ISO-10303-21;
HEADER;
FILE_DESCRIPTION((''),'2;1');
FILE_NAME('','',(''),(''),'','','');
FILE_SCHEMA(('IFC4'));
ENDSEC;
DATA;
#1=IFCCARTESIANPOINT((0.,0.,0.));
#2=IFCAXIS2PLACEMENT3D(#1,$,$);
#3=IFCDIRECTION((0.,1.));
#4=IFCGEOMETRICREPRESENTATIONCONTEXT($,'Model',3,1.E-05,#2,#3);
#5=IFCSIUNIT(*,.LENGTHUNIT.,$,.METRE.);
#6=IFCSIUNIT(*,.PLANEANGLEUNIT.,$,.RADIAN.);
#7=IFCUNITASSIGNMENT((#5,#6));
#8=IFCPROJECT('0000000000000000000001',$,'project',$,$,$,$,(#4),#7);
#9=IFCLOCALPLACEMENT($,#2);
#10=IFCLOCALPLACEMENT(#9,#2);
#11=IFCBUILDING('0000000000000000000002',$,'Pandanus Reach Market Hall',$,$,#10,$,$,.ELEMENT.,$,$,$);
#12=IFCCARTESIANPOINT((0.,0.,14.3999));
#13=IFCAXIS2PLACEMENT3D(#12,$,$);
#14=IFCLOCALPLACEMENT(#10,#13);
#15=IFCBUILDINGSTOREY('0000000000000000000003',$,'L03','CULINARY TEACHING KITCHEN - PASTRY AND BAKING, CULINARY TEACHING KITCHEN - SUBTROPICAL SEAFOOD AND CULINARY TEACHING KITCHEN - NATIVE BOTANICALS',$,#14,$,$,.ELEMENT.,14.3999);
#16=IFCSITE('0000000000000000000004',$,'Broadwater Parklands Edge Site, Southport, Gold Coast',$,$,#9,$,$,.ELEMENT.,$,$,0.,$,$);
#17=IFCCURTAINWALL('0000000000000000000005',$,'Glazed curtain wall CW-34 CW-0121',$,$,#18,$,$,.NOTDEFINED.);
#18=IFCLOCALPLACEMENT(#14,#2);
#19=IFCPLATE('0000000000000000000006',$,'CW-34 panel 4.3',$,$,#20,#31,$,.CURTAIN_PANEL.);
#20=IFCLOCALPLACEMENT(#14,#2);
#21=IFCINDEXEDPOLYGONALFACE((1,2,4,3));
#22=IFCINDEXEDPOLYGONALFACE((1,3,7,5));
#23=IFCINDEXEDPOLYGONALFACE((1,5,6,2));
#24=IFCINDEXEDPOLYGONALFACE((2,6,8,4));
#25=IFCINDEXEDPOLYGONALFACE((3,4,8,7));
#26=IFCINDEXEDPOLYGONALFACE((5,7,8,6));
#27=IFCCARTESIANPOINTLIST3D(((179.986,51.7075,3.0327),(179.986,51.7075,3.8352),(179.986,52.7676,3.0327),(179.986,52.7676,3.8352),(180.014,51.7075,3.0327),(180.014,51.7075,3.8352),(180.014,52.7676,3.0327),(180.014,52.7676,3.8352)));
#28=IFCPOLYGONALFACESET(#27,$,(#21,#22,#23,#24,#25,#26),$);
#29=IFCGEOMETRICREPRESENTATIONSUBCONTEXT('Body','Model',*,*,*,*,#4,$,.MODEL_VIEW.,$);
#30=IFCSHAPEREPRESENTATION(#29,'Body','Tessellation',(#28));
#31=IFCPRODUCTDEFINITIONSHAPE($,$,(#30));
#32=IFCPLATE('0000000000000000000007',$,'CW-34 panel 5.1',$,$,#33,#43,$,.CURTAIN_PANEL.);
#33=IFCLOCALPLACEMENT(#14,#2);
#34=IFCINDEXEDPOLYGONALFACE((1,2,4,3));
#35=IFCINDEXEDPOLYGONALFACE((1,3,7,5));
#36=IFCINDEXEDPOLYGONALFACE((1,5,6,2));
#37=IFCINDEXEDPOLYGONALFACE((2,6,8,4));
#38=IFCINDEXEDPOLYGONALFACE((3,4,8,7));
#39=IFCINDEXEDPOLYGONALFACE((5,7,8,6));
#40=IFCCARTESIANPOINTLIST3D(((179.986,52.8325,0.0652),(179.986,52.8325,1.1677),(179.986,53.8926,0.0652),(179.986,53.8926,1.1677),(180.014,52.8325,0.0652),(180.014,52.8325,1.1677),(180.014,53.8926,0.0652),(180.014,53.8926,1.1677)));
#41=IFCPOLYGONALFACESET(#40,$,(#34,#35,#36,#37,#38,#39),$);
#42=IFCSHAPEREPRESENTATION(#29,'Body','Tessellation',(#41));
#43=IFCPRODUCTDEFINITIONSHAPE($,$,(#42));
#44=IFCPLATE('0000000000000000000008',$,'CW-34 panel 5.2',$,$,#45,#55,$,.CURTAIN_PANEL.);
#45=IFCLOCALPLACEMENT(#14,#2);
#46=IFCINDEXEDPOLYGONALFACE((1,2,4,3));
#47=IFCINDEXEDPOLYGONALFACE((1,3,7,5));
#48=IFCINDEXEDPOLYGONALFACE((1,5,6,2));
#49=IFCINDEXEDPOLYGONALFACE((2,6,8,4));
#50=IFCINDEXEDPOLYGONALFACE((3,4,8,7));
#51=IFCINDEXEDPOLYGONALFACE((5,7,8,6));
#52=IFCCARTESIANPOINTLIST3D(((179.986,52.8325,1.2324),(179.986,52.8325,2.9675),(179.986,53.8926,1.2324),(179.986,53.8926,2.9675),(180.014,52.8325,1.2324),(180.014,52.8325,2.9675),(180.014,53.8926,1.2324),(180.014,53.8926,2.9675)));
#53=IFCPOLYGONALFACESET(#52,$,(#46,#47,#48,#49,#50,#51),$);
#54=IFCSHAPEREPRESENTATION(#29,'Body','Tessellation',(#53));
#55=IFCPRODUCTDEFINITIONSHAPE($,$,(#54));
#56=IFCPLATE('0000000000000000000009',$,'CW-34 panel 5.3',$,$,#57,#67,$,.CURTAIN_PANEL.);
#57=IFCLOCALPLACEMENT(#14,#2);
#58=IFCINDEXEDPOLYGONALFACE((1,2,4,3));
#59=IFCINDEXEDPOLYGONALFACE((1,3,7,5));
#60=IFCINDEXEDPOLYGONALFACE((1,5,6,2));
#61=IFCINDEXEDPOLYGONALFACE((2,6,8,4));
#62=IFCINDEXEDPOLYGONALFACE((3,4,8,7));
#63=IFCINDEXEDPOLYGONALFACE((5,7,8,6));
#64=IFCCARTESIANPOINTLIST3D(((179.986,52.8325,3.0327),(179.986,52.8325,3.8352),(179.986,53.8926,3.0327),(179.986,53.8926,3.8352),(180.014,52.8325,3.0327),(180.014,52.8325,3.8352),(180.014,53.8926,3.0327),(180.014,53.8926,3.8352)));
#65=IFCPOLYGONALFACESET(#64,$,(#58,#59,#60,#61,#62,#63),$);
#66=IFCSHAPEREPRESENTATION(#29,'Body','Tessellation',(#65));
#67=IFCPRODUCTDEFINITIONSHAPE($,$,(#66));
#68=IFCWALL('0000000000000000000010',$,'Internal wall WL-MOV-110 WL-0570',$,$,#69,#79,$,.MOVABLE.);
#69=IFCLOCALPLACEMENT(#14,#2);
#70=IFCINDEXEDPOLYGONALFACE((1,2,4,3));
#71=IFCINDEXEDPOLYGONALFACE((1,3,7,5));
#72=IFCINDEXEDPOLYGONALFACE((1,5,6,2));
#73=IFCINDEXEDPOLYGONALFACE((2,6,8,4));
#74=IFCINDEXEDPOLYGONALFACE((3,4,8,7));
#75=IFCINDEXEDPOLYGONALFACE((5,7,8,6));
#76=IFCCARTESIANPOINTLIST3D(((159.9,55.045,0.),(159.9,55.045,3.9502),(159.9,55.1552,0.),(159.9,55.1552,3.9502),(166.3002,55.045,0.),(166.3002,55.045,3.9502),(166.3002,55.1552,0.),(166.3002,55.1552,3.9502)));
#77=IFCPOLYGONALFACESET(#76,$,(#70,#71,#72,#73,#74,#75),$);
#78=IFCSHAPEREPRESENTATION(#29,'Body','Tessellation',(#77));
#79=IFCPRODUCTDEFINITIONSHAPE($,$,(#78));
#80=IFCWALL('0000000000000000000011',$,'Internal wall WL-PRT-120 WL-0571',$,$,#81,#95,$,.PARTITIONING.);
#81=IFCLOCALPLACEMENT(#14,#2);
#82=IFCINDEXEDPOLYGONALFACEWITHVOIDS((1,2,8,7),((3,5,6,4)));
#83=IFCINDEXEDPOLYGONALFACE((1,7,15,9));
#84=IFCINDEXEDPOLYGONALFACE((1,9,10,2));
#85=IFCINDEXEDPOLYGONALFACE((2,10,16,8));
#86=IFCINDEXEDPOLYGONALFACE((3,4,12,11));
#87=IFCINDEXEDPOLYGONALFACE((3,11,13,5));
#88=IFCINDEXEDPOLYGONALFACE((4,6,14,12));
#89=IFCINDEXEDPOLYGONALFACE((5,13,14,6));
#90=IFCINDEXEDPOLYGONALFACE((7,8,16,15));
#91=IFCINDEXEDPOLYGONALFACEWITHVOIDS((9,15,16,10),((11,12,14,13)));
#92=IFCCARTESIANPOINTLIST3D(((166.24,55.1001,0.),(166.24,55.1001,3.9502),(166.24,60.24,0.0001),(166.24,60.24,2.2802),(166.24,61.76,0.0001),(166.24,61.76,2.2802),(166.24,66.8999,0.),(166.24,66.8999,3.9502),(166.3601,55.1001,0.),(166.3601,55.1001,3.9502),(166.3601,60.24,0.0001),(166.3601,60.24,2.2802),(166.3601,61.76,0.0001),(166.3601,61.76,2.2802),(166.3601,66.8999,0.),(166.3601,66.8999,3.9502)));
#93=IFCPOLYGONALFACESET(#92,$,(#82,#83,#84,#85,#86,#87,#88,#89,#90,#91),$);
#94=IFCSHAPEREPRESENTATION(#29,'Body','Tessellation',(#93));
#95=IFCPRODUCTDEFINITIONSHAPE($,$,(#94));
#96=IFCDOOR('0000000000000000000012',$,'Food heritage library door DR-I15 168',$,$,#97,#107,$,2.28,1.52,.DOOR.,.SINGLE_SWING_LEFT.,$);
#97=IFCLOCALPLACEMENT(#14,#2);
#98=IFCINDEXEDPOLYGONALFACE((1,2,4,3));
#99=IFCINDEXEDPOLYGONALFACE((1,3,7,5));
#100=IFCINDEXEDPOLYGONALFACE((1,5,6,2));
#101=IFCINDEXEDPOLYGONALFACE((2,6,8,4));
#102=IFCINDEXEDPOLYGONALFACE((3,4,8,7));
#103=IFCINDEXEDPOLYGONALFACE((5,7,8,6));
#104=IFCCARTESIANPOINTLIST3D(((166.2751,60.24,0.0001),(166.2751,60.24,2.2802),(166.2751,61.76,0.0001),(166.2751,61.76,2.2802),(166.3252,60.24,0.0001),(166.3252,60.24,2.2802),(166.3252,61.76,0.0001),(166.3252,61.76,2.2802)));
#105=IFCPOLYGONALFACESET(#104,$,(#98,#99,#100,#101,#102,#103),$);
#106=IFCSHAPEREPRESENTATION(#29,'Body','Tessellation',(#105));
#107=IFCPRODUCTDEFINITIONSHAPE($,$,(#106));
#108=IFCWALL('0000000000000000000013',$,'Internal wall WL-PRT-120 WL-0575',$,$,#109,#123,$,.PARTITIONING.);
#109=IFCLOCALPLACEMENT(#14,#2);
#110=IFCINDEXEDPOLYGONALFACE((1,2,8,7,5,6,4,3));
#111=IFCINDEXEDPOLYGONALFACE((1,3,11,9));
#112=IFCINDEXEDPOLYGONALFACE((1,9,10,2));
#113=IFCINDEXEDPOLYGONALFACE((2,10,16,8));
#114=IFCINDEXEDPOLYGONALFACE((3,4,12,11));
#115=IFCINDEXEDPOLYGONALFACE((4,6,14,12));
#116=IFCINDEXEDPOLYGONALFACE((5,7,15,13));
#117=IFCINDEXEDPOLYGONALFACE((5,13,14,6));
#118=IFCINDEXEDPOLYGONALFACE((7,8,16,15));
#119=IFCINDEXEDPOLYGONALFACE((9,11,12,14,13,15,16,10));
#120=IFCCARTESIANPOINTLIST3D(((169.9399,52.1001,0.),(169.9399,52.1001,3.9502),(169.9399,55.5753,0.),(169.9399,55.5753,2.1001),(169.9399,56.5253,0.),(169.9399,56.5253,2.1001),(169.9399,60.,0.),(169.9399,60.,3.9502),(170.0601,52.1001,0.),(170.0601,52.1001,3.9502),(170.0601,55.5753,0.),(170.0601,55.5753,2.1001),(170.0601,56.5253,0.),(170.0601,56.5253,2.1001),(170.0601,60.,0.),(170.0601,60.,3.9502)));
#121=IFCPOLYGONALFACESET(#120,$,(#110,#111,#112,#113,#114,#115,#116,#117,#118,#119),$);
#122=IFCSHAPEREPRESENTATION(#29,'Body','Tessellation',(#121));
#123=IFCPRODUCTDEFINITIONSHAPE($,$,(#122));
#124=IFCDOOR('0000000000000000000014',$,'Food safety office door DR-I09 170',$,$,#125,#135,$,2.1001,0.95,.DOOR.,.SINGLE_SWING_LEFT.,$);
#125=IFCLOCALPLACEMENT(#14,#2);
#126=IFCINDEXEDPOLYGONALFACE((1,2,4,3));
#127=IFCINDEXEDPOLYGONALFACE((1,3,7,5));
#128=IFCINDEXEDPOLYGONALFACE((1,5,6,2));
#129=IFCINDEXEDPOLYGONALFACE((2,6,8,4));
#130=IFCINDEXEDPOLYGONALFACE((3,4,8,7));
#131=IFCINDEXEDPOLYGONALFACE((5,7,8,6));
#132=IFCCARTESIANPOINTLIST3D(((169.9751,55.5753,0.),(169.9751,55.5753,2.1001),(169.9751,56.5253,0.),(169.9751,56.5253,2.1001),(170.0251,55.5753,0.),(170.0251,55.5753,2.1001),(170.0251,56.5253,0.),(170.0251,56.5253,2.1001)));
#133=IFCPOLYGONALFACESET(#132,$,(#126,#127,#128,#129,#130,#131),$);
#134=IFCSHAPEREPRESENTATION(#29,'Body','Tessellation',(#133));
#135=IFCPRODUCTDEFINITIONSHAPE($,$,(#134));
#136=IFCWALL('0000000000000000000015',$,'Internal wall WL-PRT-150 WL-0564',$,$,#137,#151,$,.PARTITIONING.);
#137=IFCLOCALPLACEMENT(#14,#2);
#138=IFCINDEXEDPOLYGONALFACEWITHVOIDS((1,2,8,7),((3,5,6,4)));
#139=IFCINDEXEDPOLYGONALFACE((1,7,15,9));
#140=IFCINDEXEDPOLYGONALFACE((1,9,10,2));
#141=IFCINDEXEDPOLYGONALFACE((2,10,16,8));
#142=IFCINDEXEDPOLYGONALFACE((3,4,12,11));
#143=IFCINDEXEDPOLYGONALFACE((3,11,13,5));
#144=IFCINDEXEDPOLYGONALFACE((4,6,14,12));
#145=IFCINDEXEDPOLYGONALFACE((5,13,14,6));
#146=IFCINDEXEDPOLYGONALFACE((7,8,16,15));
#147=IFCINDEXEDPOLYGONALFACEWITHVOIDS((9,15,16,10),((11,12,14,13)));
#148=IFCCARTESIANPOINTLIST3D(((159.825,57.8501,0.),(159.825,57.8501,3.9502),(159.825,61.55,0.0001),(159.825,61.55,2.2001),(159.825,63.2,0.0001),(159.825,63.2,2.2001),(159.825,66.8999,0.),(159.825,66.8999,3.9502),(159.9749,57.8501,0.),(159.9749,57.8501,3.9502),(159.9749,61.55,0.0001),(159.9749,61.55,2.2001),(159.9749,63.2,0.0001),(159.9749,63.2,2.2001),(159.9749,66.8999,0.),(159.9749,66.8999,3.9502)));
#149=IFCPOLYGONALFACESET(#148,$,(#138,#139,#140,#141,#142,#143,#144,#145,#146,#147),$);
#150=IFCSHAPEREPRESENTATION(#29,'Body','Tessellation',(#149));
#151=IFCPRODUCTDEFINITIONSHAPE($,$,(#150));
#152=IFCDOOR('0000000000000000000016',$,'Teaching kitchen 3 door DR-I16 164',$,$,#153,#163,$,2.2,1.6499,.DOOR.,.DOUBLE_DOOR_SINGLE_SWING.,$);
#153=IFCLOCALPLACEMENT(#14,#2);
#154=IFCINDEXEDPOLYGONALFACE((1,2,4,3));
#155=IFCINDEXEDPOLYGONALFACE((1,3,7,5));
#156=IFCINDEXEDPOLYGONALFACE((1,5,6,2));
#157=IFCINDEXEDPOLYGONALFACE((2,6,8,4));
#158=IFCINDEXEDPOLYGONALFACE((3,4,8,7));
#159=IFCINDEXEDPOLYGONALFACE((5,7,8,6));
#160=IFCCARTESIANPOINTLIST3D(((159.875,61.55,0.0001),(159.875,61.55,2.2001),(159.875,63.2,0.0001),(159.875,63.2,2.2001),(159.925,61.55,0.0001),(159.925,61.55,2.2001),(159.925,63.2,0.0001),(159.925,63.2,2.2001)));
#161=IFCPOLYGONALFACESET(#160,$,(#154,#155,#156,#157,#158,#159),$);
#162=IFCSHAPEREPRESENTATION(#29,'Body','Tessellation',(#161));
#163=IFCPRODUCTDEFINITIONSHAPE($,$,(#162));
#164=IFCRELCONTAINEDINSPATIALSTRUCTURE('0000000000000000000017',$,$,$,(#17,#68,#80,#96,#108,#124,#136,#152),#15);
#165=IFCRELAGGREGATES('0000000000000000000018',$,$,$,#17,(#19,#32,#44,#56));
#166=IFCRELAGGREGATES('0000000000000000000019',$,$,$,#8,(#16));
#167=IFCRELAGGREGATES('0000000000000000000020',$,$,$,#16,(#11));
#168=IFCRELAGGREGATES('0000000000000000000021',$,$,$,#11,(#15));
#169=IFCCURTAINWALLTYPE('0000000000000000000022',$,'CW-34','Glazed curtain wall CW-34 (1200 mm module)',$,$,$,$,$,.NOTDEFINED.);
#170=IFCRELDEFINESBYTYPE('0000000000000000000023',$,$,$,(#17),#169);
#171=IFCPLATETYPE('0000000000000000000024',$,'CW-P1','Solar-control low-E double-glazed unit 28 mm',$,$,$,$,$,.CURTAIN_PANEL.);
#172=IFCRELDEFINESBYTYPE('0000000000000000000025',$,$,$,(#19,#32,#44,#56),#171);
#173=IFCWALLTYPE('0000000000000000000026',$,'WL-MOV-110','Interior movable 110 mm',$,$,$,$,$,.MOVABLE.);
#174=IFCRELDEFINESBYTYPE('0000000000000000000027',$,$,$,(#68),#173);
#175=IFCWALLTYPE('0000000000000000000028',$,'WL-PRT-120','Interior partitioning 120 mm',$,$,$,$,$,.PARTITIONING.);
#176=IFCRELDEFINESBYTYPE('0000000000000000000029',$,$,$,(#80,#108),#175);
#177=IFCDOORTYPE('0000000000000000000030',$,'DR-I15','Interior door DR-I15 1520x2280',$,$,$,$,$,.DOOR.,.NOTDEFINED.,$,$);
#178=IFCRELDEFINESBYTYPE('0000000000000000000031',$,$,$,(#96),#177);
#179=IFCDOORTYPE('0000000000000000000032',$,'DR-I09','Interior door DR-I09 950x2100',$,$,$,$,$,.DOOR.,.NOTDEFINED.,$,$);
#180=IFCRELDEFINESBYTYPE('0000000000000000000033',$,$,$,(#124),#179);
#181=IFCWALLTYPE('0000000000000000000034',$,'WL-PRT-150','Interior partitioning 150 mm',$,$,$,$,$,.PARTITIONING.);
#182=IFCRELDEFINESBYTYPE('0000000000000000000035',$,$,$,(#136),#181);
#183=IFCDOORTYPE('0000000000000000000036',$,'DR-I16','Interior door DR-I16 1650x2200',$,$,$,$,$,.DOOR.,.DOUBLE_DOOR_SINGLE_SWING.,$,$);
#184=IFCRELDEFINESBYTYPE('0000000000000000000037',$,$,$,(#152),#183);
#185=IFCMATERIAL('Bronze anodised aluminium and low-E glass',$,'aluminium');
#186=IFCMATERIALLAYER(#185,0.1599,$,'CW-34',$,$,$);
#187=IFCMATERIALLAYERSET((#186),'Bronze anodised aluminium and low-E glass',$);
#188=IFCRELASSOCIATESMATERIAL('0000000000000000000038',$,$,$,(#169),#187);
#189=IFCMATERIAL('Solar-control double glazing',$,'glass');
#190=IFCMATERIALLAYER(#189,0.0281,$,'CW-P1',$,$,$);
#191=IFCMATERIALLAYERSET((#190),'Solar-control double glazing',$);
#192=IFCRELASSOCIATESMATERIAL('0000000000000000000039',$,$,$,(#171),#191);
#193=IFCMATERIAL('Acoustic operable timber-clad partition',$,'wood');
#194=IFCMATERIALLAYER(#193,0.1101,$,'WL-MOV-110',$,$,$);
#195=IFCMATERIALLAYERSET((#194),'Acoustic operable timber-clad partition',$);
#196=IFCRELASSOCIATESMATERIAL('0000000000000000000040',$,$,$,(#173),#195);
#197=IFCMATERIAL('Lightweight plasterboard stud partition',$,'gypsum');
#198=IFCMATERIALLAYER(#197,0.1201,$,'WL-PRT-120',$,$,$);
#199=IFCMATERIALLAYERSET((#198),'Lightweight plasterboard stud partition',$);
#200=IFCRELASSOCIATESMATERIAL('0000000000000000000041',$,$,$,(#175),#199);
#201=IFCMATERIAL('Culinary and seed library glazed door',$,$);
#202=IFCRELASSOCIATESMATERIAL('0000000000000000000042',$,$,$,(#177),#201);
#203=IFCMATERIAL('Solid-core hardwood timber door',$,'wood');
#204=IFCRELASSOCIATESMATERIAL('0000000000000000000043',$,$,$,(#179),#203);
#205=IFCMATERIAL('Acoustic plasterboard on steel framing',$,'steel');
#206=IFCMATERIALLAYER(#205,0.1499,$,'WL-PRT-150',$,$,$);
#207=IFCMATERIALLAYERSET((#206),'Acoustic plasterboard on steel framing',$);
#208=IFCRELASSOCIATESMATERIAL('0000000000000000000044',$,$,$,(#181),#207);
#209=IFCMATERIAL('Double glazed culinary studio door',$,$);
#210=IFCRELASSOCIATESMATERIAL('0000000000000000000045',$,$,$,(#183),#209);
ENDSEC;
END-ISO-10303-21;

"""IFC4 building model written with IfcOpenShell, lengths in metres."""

from ifc_helpers import new_model, si_unit, direction, frame, frame_2d, origin, origin_2d, place, context, subcontext, project, spatial, rectangle, extrude, material, layer, layer_set, type_object, element, fill, aggregate, save


model = new_model("IFC4")

# Units and contexts
model_context = context("Model", 3, precision=1e-05, world=origin(), true_north=direction((0.0, 1.0)))
body_context = subcontext(model_context, "Body", "Model", "MODEL_VIEW")
ifc_project = project(units=[si_unit("LENGTHUNIT", "METRE"), si_unit("PLANEANGLEUNIT", "RADIAN")], contexts=[model_context])

# Site, building, storey
site_placement = place(None, origin())
site = spatial("IfcSite", under=ifc_project, at=site_placement, Name="Broadwater Parklands Edge Site, Southport, Gold Coast", CompositionType="ELEMENT", RefElevation=0.0)
building_placement = place(site_placement, origin())
building = spatial("IfcBuilding", under=site, at=building_placement, Name="Pandanus Reach Market Hall", CompositionType="ELEMENT")
storey_placement = place(building_placement, frame((0.0, 0.0, 14.3999)))
storey = spatial("IfcBuildingStorey", under=building, at=storey_placement, Name="L03", Description="CULINARY TEACHING KITCHEN - PASTRY AND BAKING, CULINARY TEACHING KITCHEN - SUBTROPICAL SEAFOOD AND CULINARY TEACHING KITCHEN - NATIVE BOTANICALS", CompositionType="ELEMENT", Elevation=14.3999)

# Curtain wall
ifc_material_1 = material(Name="Bronze anodised aluminium and low-E glass", Category="aluminium")
ifc_layer_1 = layer(ifc_material_1, 0.1599, Name="CW-34")
ifc_layer_set_1 = layer_set([ifc_layer_1], Name="Bronze anodised aluminium and low-E glass")
curtain_wall_type = type_object("IfcCurtainWallType", Name="CW-34", Description="Glazed curtain wall CW-34 (1200 mm module)", PredefinedType="NOTDEFINED", material=ifc_layer_set_1)
curtain_wall_placement = place(storey_placement, origin())
curtain_wall = element("IfcCurtainWall", 1, at=curtain_wall_placement, inside=storey, type_object=curtain_wall_type, Name="Glazed curtain wall CW-34 CW-0121", PredefinedType="NOTDEFINED")

# Plates
ifc_material_2 = material(Name="Solar-control double glazing", Category="glass")
ifc_layer_2 = layer(ifc_material_2, 0.0281, Name="CW-P1")
ifc_layer_set_2 = layer_set([ifc_layer_2], Name="Solar-control double glazing")
plate_type = type_object("IfcPlateType", Name="CW-P1", Description="Solar-control low-E double-glazed unit 28 mm", PredefinedType="CURTAIN_PANEL", material=ifc_layer_set_2)
plate_1_placement = place(storey_placement, frame((180.0, 52.2375, 3.0327), z_axis=(0.0, 0.0, 1.0), x_axis=(0.0, 1.0, 0.0)))
plate_1 = element("IfcPlate", 2, at=plate_1_placement, type_object=plate_type, Name="CW-34 panel 4.3", PredefinedType="CURTAIN_PANEL", context=body_context, shape_type="SweptSolid", body=[
    extrude(rectangle(XDim=1.0601, YDim=0.0281, at=origin_2d()), origin(), (0.0, 0.0, 1.0), 0.8025),
])
plate_2_placement = place(storey_placement, frame((180.0, 53.3625, 0.0652), z_axis=(0.0, 0.0, 1.0), x_axis=(0.0, 1.0, 0.0)))
plate_2 = element("IfcPlate", 3, at=plate_2_placement, type_object=plate_type, Name="CW-34 panel 5.1", PredefinedType="CURTAIN_PANEL", context=body_context, shape_type="SweptSolid", body=[
    extrude(rectangle(XDim=1.0601, YDim=0.0281, at=origin_2d()), origin(), (0.0, 0.0, 1.0), 1.1025),
])
plate_3_placement = place(storey_placement, frame((180.0, 53.3625, 1.2324), z_axis=(0.0, 0.0, 1.0), x_axis=(0.0, 1.0, 0.0)))
plate_3 = element("IfcPlate", 4, at=plate_3_placement, type_object=plate_type, Name="CW-34 panel 5.2", PredefinedType="CURTAIN_PANEL", context=body_context, shape_type="SweptSolid", body=[
    extrude(rectangle(XDim=1.0601, YDim=0.0281, at=origin_2d()), origin(), (0.0, 0.0, 1.0), 1.7351),
])
plate_4_placement = place(storey_placement, frame((180.0, 53.3625, 3.0327), z_axis=(0.0, 0.0, 1.0), x_axis=(0.0, 1.0, 0.0)))
plate_4 = element("IfcPlate", 5, at=plate_4_placement, type_object=plate_type, Name="CW-34 panel 5.3", PredefinedType="CURTAIN_PANEL", context=body_context, shape_type="SweptSolid", body=[
    extrude(rectangle(XDim=1.0601, YDim=0.0281, at=origin_2d()), origin(), (0.0, 0.0, 1.0), 0.8025),
])
aggregate(curtain_wall, [plate_1, plate_2, plate_3, plate_4])

# Wall
ifc_material_3 = material(Name="Acoustic operable timber-clad partition", Category="wood")
ifc_layer_3 = layer(ifc_material_3, 0.1101, Name="WL-MOV-110")
ifc_layer_set_3 = layer_set([ifc_layer_3], Name="Acoustic operable timber-clad partition")
wall_type_1 = type_object("IfcWallType", Name="WL-MOV-110", Description="Interior movable 110 mm", PredefinedType="MOVABLE", material=ifc_layer_set_3)
wall_1_placement = place(storey_placement, frame((159.8999, 55.1001, 0.0), z_axis=(0.0, 0.0, 1.0), x_axis=(1.0, 0.0, 0.0)))
element("IfcWall", 6, at=wall_1_placement, inside=storey, type_object=wall_type_1, Name="Internal wall WL-MOV-110 WL-0570", PredefinedType="MOVABLE", context=body_context, shape_type="SweptSolid", body=[
    extrude(rectangle(XDim=6.4001, YDim=0.1101, at=frame_2d((3.2002, 0.0))), origin(), (0.0, 0.0, 1.0), 3.9502),
])

# Walls, openings, doors
ifc_material_4 = material(Name="Lightweight plasterboard stud partition", Category="gypsum")
ifc_layer_4 = layer(ifc_material_4, 0.1201, Name="WL-PRT-120")
ifc_layer_set_4 = layer_set([ifc_layer_4], Name="Lightweight plasterboard stud partition")
wall_type_2 = type_object("IfcWallType", Name="WL-PRT-120", Description="Interior partitioning 120 mm", PredefinedType="PARTITIONING", material=ifc_layer_set_4)
wall_2_placement = place(storey_placement, frame((166.3, 55.1001, 0.0), z_axis=(0.0, 0.0, 1.0), x_axis=(0.0, 1.0, 0.0)))
wall_2 = element("IfcWall", 7, at=wall_2_placement, inside=storey, type_object=wall_type_2, Name="Internal wall WL-PRT-120 WL-0571", PredefinedType="PARTITIONING", context=body_context, shape_type="SweptSolid", body=[
    extrude(rectangle(XDim=11.7998, YDim=0.1201, at=frame_2d((5.8999, 0.0))), origin(), (0.0, 0.0, 1.0), 3.9502),
])
opening_1_placement = place(wall_2_placement, frame((5.1399, 0.0, 0.0)))
opening_1 = element("IfcOpeningElement", 8, at=opening_1_placement, cuts=wall_2, PredefinedType="OPENING", context=body_context, shape_type="SweptSolid", body=[
    extrude(rectangle(XDim=1.52, YDim=2.28, at=frame_2d((0.76, 1.1401))), frame((0.0, 0.075, 0.0), z_axis=(0.0, -1.0, 0.0), x_axis=(1.0, 0.0, 0.0)), (0.0, 0.0, 1.0), 0.1501),
])
ifc_material_5 = material(Name="Culinary and seed library glazed door")
door_type_1 = type_object("IfcDoorType", Name="DR-I15", Description="Interior door DR-I15 1520x2280", OperationType="NOTDEFINED", PredefinedType="DOOR", material=ifc_material_5)
door_1_placement = place(opening_1_placement, origin())
door_1 = element("IfcDoor", 9, at=door_1_placement, inside=storey, type_object=door_type_1, Name="Food heritage library door DR-I15 168", OperationType="SINGLE_SWING_LEFT", OverallHeight=2.28, OverallWidth=1.52, PredefinedType="DOOR", context=body_context, shape_type="SweptSolid", body=[
    extrude(rectangle(XDim=1.52, YDim=2.28, at=frame_2d((0.76, 1.1401))), frame((0.0, 0.0249, 0.0), z_axis=(0.0, -1.0, 0.0), x_axis=(1.0, 0.0, 0.0)), (0.0, 0.0, 1.0), 0.05),
])
fill(opening_1, door_1)
wall_3_placement = place(storey_placement, frame((170.0, 52.1001, 0.0), z_axis=(0.0, 0.0, 1.0), x_axis=(0.0, 1.0, 0.0)))
wall_3 = element("IfcWall", 10, at=wall_3_placement, inside=storey, type_object=wall_type_2, Name="Internal wall WL-PRT-120 WL-0575", PredefinedType="PARTITIONING", context=body_context, shape_type="SweptSolid", body=[
    extrude(rectangle(XDim=7.8999, YDim=0.1201, at=frame_2d((3.95, 0.0))), origin(), (0.0, 0.0, 1.0), 3.9502),
])
opening_2_placement = place(wall_3_placement, frame((3.4751, 0.0, 0.0)))
opening_2 = element("IfcOpeningElement", 11, at=opening_2_placement, cuts=wall_3, PredefinedType="OPENING", context=body_context, shape_type="SweptSolid", body=[
    extrude(rectangle(XDim=0.95, YDim=2.1001, at=frame_2d((0.4751, 1.05))), frame((0.0, 0.075, 0.0), z_axis=(0.0, -1.0, 0.0), x_axis=(1.0, 0.0, 0.0)), (0.0, 0.0, 1.0), 0.1501),
])
ifc_material_6 = material(Name="Solid-core hardwood timber door", Category="wood")
door_type_2 = type_object("IfcDoorType", Name="DR-I09", Description="Interior door DR-I09 950x2100", OperationType="NOTDEFINED", PredefinedType="DOOR", material=ifc_material_6)
door_2_placement = place(opening_2_placement, origin())
door_2 = element("IfcDoor", 12, at=door_2_placement, inside=storey, type_object=door_type_2, Name="Food safety office door DR-I09 170", OperationType="SINGLE_SWING_LEFT", OverallHeight=2.1001, OverallWidth=0.95, PredefinedType="DOOR", context=body_context, shape_type="SweptSolid", body=[
    extrude(rectangle(XDim=0.95, YDim=2.1001, at=frame_2d((0.4751, 1.05))), frame((0.0, 0.0249, 0.0), z_axis=(0.0, -1.0, 0.0), x_axis=(1.0, 0.0, 0.0)), (0.0, 0.0, 1.0), 0.05),
])
fill(opening_2, door_2)
ifc_material_7 = material(Name="Acoustic plasterboard on steel framing", Category="steel")
ifc_layer_5 = layer(ifc_material_7, 0.1499, Name="WL-PRT-150")
ifc_layer_set_5 = layer_set([ifc_layer_5], Name="Acoustic plasterboard on steel framing")
wall_type_3 = type_object("IfcWallType", Name="WL-PRT-150", Description="Interior partitioning 150 mm", PredefinedType="PARTITIONING", material=ifc_layer_set_5)
wall_4_placement = place(storey_placement, frame((159.8999, 57.8501, 0.0), z_axis=(0.0, 0.0, 1.0), x_axis=(0.0, 1.0, 0.0)))
wall_4 = element("IfcWall", 13, at=wall_4_placement, inside=storey, type_object=wall_type_3, Name="Internal wall WL-PRT-150 WL-0564", PredefinedType="PARTITIONING", context=body_context, shape_type="SweptSolid", body=[
    extrude(rectangle(XDim=9.0498, YDim=0.1499, at=frame_2d((4.5249, 0.0))), origin(), (0.0, 0.0, 1.0), 3.9502),
])
opening_3_placement = place(wall_4_placement, frame((3.7, 0.0, 0.0)))
opening_3 = element("IfcOpeningElement", 14, at=opening_3_placement, cuts=wall_4, PredefinedType="OPENING", context=body_context, shape_type="SweptSolid", body=[
    extrude(rectangle(XDim=1.6499, YDim=2.2, at=frame_2d((0.825, 1.1001))), frame((0.0, 0.0898, 0.0), z_axis=(0.0, -1.0, 0.0), x_axis=(1.0, 0.0, 0.0)), (0.0, 0.0, 1.0), 0.1799),
])
ifc_material_8 = material(Name="Double glazed culinary studio door")
door_type_3 = type_object("IfcDoorType", Name="DR-I16", Description="Interior door DR-I16 1650x2200", OperationType="DOUBLE_DOOR_SINGLE_SWING", PredefinedType="DOOR", material=ifc_material_8)
door_3_placement = place(opening_3_placement, origin())
door_3 = element("IfcDoor", 15, at=door_3_placement, inside=storey, type_object=door_type_3, Name="Teaching kitchen 3 door DR-I16 164", OperationType="DOUBLE_DOOR_SINGLE_SWING", OverallHeight=2.2, OverallWidth=1.6499, PredefinedType="DOOR", context=body_context, shape_type="SweptSolid", body=[
    extrude(rectangle(XDim=1.6499, YDim=2.2, at=frame_2d((0.825, 1.1001))), frame((0.0, 0.0249, 0.0), z_axis=(0.0, -1.0, 0.0), x_axis=(1.0, 0.0, 0.0)), (0.0, 0.0, 1.0), 0.05),
])
fill(opening_3, door_3)

save(model, "model.ifc")
